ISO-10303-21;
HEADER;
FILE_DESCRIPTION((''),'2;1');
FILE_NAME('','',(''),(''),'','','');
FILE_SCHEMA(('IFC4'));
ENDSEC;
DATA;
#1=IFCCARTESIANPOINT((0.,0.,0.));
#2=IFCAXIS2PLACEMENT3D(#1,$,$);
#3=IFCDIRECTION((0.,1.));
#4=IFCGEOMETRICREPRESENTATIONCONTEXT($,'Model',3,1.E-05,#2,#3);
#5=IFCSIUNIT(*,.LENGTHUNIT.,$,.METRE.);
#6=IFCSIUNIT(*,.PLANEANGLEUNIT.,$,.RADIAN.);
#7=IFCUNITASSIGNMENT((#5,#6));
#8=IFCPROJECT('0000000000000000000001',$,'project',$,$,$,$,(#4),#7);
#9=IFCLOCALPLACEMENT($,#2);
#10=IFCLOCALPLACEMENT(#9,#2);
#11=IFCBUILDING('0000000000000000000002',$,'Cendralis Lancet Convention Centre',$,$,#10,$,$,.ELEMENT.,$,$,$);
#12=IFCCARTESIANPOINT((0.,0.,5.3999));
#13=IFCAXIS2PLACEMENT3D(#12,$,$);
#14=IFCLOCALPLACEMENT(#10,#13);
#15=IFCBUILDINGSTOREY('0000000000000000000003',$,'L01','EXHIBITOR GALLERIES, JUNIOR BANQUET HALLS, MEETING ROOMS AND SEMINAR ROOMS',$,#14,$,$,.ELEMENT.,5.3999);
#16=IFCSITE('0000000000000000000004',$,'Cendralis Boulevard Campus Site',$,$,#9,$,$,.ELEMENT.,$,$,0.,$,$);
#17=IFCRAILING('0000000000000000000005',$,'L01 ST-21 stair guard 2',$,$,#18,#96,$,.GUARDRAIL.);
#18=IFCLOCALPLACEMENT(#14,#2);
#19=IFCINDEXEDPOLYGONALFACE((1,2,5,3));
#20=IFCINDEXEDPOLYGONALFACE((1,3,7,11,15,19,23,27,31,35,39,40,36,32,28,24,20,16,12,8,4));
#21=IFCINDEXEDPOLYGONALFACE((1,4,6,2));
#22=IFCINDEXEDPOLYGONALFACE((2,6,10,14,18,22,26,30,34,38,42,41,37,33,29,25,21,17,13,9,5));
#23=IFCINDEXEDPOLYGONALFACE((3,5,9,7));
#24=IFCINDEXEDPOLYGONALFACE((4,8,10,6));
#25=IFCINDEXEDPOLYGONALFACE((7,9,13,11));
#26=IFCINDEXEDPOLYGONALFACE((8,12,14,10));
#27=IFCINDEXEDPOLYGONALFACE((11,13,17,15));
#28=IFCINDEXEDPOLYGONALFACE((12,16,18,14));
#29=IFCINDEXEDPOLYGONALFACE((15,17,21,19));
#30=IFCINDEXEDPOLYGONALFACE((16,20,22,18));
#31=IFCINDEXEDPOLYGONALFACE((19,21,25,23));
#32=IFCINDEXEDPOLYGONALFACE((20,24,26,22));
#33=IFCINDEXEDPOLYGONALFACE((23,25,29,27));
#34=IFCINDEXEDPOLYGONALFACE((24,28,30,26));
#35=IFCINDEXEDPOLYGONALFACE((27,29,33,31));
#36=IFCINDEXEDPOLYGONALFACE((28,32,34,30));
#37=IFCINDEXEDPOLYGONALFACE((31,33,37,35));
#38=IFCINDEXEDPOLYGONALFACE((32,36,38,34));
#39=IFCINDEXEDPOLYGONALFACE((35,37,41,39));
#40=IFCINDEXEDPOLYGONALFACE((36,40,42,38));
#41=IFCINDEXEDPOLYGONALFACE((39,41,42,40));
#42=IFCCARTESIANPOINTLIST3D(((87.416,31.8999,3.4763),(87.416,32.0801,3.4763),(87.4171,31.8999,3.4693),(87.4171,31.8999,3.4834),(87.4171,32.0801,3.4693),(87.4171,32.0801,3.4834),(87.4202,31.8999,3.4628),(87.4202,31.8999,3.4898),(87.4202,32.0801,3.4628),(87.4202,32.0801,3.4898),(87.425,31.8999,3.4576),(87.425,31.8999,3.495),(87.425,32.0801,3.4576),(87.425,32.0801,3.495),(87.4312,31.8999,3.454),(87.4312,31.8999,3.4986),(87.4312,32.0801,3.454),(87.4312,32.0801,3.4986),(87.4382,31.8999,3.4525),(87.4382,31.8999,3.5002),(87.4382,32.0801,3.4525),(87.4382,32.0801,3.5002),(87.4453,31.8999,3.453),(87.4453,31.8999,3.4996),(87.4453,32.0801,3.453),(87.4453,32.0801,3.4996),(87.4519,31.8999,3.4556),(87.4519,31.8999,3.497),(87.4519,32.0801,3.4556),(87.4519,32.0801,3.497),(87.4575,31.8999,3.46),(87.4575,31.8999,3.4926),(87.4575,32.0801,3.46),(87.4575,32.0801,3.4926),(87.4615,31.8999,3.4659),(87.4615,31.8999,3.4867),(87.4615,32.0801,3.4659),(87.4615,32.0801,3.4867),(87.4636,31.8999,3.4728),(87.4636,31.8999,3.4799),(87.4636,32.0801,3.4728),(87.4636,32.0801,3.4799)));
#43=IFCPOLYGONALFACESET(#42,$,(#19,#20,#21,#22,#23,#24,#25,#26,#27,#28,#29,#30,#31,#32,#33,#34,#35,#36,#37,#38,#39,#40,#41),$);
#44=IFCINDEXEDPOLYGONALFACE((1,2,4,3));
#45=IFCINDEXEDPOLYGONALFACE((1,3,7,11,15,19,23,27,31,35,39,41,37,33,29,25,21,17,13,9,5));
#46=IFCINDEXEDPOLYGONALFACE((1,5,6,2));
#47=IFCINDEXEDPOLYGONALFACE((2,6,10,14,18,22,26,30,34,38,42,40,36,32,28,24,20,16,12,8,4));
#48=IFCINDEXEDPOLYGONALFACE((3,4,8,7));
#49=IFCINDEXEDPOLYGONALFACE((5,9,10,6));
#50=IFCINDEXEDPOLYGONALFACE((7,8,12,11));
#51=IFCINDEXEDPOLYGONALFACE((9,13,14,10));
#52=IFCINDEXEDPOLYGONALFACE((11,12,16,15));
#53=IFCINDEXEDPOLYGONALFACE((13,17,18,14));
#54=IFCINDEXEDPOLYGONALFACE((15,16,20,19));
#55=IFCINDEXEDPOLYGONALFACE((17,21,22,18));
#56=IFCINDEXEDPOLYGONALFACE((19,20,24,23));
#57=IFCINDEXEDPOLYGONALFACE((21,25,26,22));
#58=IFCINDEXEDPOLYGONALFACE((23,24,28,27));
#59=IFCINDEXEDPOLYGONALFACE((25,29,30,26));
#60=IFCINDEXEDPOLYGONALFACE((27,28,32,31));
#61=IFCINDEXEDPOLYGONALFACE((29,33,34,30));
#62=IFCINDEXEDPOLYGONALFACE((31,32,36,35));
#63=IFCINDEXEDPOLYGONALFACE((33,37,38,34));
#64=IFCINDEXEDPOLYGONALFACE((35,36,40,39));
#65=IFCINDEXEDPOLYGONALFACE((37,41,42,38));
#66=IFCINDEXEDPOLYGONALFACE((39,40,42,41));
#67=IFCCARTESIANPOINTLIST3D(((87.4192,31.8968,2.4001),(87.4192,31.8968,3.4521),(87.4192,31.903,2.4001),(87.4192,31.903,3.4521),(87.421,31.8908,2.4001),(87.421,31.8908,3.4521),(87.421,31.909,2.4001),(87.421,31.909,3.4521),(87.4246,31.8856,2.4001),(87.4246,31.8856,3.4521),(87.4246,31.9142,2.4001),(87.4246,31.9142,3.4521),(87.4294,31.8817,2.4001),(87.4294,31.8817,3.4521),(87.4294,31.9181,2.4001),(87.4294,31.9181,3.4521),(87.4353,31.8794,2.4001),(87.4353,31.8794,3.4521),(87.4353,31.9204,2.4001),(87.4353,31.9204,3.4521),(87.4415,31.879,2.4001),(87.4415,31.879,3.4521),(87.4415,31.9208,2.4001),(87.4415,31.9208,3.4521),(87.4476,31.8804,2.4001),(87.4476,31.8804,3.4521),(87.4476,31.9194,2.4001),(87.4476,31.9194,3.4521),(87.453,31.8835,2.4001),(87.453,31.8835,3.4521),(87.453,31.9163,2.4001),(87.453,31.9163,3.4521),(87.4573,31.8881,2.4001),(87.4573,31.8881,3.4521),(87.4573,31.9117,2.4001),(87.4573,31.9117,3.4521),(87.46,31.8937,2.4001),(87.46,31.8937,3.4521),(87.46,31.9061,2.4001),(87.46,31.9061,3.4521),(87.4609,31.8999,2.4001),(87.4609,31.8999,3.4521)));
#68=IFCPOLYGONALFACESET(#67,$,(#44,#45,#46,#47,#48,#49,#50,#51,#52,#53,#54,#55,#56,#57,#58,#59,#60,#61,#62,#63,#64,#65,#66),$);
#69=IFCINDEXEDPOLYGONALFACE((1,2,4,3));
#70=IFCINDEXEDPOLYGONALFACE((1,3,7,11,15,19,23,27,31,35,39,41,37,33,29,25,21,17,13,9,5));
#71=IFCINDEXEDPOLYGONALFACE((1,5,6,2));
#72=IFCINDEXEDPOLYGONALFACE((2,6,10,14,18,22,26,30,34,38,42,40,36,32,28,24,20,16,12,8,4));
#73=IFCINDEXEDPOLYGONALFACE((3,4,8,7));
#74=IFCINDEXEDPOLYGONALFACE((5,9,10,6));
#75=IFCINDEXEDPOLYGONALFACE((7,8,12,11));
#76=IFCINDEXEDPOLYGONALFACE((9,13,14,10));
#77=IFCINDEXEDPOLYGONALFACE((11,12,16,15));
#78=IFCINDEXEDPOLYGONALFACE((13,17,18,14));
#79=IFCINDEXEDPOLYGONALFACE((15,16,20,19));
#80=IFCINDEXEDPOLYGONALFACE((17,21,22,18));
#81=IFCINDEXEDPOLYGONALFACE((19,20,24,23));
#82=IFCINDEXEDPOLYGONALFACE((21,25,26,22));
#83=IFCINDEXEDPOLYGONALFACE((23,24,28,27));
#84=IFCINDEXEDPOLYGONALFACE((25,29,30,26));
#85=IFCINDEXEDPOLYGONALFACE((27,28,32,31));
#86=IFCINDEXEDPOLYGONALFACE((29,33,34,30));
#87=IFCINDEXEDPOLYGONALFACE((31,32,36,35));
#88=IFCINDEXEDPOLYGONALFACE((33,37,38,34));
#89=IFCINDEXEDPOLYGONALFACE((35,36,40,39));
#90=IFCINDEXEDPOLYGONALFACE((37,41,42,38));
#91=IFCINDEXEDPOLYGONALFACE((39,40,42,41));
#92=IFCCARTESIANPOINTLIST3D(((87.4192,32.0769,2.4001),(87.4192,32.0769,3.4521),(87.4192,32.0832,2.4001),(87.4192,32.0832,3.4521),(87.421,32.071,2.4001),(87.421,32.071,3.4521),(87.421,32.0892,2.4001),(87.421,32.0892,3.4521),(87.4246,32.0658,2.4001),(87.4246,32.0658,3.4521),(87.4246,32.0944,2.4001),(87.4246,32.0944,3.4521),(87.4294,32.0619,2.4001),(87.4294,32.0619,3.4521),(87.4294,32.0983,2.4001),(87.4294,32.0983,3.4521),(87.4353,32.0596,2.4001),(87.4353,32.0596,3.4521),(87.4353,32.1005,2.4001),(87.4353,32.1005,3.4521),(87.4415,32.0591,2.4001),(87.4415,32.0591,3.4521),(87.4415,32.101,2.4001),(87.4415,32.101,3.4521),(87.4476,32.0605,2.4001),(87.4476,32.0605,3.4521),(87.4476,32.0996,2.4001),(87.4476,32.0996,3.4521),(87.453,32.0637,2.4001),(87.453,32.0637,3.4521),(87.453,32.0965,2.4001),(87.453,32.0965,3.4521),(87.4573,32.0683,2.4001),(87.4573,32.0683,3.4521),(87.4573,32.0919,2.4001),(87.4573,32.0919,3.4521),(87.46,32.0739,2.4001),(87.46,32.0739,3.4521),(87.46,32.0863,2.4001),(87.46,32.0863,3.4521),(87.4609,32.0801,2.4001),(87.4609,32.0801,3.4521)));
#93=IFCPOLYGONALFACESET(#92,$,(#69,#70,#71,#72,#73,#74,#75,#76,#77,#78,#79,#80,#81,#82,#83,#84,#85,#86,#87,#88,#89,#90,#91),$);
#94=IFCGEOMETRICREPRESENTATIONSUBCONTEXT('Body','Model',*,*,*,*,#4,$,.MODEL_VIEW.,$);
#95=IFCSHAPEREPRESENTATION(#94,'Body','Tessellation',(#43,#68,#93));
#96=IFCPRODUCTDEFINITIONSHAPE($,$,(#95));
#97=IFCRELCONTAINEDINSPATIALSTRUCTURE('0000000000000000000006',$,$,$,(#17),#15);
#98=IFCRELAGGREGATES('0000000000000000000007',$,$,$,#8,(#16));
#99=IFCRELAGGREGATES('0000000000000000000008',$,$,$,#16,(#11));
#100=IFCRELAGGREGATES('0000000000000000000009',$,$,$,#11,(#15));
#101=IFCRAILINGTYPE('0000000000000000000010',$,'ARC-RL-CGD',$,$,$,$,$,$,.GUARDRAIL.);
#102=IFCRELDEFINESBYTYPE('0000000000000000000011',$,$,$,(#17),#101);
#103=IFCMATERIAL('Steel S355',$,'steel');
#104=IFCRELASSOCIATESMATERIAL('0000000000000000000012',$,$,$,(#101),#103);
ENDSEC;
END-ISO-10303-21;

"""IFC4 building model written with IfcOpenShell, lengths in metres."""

from ifc_helpers import new_model, si_unit, direction, frame, origin, origin_2d, place, context, subcontext, project, spatial, circle, extrude, material, type_object, element, save


model = new_model("IFC4")

# Units and contexts
model_context = context("Model", 3, precision=1e-05, world=origin(), true_north=direction((0.0, 1.0)))
body_context = subcontext(model_context, "Body", "Model", "MODEL_VIEW")
ifc_project = project(units=[si_unit("LENGTHUNIT", "METRE"), si_unit("PLANEANGLEUNIT", "RADIAN")], contexts=[model_context])

# Site, building, storey
site_placement = place(None, origin())
site = spatial("IfcSite", under=ifc_project, at=site_placement, Name="Cendralis Boulevard Campus Site", CompositionType="ELEMENT", RefElevation=0.0)
building_placement = place(site_placement, origin())
building = spatial("IfcBuilding", under=site, at=building_placement, Name="Cendralis Lancet Convention Centre", CompositionType="ELEMENT")
storey_placement = place(building_placement, frame((0.0, 0.0, 5.3999)))
storey = spatial("IfcBuildingStorey", under=building, at=storey_placement, Name="L01", Description="EXHIBITOR GALLERIES, JUNIOR BANQUET HALLS, MEETING ROOMS AND SEMINAR ROOMS", CompositionType="ELEMENT", Elevation=5.3999)

# Shared definitions
ifc_material_1 = material(Name="Steel S355", Category="steel")

# Railing
railing_type_1 = type_object("IfcRailingType", Name="ARC-RL-CGD", PredefinedType="GUARDRAIL", material=ifc_material_1)
railing_1_placement = place(storey_placement, frame((87.4399, 31.8999, 2.4001)))
element("IfcRailing", 1, at=railing_1_placement, inside=storey, type_object=railing_type_1, Name="L01 ST-21 stair guard 2", PredefinedType="GUARDRAIL", context=body_context, shape_type="SweptSolid", body=[
    extrude(circle(Radius=0.0239, at=origin_2d()), frame((0.0, 0.0, 1.0762), z_axis=(0.0, 1.0, 0.0), x_axis=(-1.0, 0.0, 0.0)), (0.0, 0.0, 1.0), 0.1802),
    extrude(circle(Radius=0.021, at=origin_2d()), origin(), (0.0, 0.0, 1.0), 1.052),
    extrude(circle(Radius=0.021, at=origin_2d()), frame((0.0, 0.1802, 0.0)), (0.0, 0.0, 1.0), 1.052),
])

save(model, "model.ifc")
